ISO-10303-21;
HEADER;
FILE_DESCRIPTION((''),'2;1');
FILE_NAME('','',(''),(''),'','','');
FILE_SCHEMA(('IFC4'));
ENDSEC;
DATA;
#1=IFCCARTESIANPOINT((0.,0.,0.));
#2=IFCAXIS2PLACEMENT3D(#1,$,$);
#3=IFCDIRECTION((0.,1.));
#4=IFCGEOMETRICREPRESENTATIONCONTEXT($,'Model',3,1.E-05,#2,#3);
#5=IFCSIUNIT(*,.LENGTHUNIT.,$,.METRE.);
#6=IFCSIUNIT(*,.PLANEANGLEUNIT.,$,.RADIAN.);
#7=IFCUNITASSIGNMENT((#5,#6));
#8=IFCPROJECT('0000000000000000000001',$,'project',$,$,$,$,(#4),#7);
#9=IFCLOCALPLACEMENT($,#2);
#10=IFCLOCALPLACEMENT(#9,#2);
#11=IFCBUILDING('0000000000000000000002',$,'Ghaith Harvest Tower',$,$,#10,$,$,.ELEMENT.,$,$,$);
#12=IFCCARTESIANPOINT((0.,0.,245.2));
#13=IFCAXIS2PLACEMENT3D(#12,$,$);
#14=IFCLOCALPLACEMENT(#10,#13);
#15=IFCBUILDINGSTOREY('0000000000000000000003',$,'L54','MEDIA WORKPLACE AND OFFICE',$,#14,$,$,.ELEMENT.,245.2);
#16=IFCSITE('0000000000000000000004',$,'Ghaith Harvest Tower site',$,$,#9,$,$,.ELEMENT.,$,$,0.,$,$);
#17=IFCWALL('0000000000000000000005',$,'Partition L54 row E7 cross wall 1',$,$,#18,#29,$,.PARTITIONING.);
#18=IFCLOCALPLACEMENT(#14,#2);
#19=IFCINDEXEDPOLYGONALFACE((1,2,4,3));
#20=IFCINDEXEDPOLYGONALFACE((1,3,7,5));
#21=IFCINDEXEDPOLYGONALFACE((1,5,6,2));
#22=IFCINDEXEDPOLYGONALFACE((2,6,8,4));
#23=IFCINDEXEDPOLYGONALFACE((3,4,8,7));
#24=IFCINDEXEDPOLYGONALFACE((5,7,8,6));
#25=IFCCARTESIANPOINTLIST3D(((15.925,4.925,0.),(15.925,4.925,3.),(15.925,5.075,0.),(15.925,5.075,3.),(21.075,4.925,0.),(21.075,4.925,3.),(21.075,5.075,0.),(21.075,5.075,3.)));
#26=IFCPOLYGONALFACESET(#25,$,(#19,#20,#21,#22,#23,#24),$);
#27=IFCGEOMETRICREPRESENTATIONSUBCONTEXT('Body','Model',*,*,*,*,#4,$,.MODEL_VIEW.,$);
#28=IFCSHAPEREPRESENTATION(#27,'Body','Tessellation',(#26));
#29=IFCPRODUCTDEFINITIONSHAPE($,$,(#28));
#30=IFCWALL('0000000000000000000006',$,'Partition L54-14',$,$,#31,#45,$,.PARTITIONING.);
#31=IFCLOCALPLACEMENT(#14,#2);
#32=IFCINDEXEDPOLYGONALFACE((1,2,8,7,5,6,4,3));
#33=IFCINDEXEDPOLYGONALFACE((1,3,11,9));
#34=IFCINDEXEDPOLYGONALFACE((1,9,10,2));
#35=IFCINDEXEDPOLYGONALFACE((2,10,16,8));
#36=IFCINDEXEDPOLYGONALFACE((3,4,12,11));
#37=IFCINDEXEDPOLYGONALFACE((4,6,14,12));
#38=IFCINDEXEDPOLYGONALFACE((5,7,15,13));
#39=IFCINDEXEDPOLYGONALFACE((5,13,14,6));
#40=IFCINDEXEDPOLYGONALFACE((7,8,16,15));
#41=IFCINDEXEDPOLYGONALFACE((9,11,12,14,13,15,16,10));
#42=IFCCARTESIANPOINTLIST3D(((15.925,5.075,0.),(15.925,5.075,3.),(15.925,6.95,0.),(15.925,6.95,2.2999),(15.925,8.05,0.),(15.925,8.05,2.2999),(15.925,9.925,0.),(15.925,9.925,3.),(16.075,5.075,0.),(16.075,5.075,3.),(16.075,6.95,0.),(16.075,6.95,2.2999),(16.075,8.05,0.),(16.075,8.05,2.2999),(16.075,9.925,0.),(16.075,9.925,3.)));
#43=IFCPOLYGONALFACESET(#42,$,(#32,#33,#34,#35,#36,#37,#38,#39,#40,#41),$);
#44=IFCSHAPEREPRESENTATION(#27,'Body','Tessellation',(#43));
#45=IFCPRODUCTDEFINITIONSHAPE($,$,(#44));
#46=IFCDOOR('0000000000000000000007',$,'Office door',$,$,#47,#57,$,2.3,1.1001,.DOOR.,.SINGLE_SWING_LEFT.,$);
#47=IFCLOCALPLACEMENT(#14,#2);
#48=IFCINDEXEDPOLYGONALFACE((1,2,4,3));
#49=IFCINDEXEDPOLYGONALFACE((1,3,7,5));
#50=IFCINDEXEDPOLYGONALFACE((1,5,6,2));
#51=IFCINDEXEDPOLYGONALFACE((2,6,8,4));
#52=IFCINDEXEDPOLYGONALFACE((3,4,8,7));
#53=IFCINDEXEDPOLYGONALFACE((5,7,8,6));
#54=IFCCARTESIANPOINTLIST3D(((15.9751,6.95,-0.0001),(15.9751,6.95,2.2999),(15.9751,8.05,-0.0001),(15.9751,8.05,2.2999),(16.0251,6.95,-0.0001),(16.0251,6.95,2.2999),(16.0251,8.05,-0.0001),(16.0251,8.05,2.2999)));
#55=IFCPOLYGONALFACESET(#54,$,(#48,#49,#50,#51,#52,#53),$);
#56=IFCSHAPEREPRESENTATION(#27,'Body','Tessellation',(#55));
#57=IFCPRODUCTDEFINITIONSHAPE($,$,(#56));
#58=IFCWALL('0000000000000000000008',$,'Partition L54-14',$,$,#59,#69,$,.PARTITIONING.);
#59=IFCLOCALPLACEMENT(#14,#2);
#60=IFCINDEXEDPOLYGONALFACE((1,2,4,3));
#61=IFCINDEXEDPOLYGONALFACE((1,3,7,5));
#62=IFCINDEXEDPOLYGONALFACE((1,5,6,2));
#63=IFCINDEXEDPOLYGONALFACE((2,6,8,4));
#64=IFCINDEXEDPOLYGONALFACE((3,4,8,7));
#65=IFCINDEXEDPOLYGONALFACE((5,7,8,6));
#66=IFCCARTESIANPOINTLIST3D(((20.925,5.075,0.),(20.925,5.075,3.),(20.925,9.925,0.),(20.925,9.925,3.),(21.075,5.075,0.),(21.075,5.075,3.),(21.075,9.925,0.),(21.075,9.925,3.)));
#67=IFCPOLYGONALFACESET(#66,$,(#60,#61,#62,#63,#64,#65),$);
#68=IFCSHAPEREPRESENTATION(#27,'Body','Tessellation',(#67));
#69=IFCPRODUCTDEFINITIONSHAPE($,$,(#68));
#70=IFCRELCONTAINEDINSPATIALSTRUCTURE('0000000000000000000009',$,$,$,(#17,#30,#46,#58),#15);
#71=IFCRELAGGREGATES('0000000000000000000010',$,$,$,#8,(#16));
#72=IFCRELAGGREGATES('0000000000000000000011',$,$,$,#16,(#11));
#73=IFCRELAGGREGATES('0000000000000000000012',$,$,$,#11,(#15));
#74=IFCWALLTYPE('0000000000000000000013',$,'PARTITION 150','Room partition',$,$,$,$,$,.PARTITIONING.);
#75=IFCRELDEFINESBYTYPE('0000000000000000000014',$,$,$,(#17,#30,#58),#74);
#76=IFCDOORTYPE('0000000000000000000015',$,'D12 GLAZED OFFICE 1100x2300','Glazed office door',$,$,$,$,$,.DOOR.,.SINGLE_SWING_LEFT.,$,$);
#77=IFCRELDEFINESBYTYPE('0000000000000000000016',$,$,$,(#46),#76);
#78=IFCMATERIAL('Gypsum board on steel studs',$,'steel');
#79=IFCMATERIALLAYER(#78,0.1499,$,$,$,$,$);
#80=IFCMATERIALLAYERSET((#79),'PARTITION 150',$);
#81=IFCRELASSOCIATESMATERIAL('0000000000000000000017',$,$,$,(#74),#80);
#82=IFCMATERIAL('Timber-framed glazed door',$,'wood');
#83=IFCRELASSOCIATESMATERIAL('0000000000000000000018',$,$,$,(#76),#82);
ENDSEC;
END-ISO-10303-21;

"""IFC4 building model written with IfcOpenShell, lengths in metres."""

from ifc_helpers import new_model, si_unit, direction, frame, frame_2d, origin, place, context, subcontext, project, spatial, rectangle, extrude, material, layer, layer_set, type_object, element, fill, save


model = new_model("IFC4")

# Units and contexts
model_context = context("Model", 3, precision=1e-05, world=origin(), true_north=direction((0.0, 1.0)))
body_context = subcontext(model_context, "Body", "Model", "MODEL_VIEW")
ifc_project = project(units=[si_unit("LENGTHUNIT", "METRE"), si_unit("PLANEANGLEUNIT", "RADIAN")], contexts=[model_context])

# Site, building, storey
site_placement = place(None, origin())
site = spatial("IfcSite", under=ifc_project, at=site_placement, Name="Ghaith Harvest Tower site", CompositionType="ELEMENT", RefElevation=0.0)
building_placement = place(site_placement, origin())
building = spatial("IfcBuilding", under=site, at=building_placement, Name="Ghaith Harvest Tower", CompositionType="ELEMENT")
storey_placement = place(building_placement, frame((0.0, 0.0, 245.2)))
storey = spatial("IfcBuildingStorey", under=building, at=storey_placement, Name="L54", Description="MEDIA WORKPLACE AND OFFICE", CompositionType="ELEMENT", Elevation=245.2)

# Wall
ifc_material_1 = material(Name="Gypsum board on steel studs", Category="steel")
ifc_layer_1 = layer(ifc_material_1, 0.1499)
ifc_layer_set_1 = layer_set([ifc_layer_1], Name="PARTITION 150")
wall_type = type_object("IfcWallType", Name="PARTITION 150", Description="Room partition", PredefinedType="PARTITIONING", material=ifc_layer_set_1)
for number, where, z_axis, x_axis, name in (
    (1, (15.925, 5.0, 0.0), (0.0, 0.0, 1.0), (1.0, 0.0, 0.0), "Partition L54 row E7 cross wall 1"),
):
    element("IfcWall", number, at=place(storey_placement, frame(where, z_axis=z_axis, x_axis=x_axis)), inside=storey, type_object=wall_type, Name=name, PredefinedType="PARTITIONING", context=body_context, shape_type="SweptSolid", body=[
        extrude(rectangle(XDim=5.1499, YDim=0.1499, at=frame_2d((2.575, 0.0))), origin(), (0.0, 0.0, 1.0), 3.0),
    ])

# Wall, opening, door
wall_1_placement = place(storey_placement, frame((16.0, 5.075, 0.0), z_axis=(0.0, 0.0, 1.0), x_axis=(0.0, 1.0, 0.0)))
wall_1 = element("IfcWall", 2, at=wall_1_placement, inside=storey, type_object=wall_type, Name="Partition L54-14", PredefinedType="PARTITIONING", context=body_context, shape_type="SweptSolid", body=[
    extrude(rectangle(XDim=4.8501, YDim=0.1499, at=frame_2d((2.425, 0.0))), origin(), (0.0, 0.0, 1.0), 3.0),
])
opening_placement = place(wall_1_placement, frame((1.875, 0.0, 0.0)))
opening = element("IfcOpeningElement", 3, at=opening_placement, cuts=wall_1, PredefinedType="OPENING", context=body_context, shape_type="SweptSolid", body=[
    extrude(rectangle(XDim=1.1001, YDim=2.3, at=frame_2d((0.55, 1.1499))), frame((0.0, 0.085, 0.0), z_axis=(0.0, -1.0, 0.0), x_axis=(1.0, 0.0, 0.0)), (0.0, 0.0, 1.0), 0.1699),
])
ifc_material_2 = material(Name="Timber-framed glazed door", Category="wood")
door_type = type_object("IfcDoorType", Name="D12 GLAZED OFFICE 1100x2300", Description="Glazed office door", OperationType="SINGLE_SWING_LEFT", PredefinedType="DOOR", material=ifc_material_2)
door_placement = place(opening_placement, origin())
door = element("IfcDoor", 4, at=door_placement, inside=storey, type_object=door_type, Name="Office door", OperationType="SINGLE_SWING_LEFT", OverallHeight=2.3, OverallWidth=1.1001, PredefinedType="DOOR", context=body_context, shape_type="SweptSolid", body=[
    extrude(rectangle(XDim=1.1001, YDim=2.3, at=frame_2d((0.55, 1.1499))), frame((0.0, 0.0249, 0.0), z_axis=(0.0, -1.0, 0.0), x_axis=(1.0, 0.0, 0.0)), (0.0, 0.0, 1.0), 0.05),
])
fill(opening, door)

# Wall
wall_2_placement = place(storey_placement, frame((21.0, 5.075, 0.0), z_axis=(0.0, 0.0, 1.0), x_axis=(0.0, 1.0, 0.0)))
element("IfcWall", 5, at=wall_2_placement, inside=storey, type_object=wall_type, Name="Partition L54-14", PredefinedType="PARTITIONING", context=body_context, shape_type="SweptSolid", body=[
    extrude(rectangle(XDim=4.8501, YDim=0.1499, at=frame_2d((2.425, 0.0))), origin(), (0.0, 0.0, 1.0), 3.0),
])

save(model, "model.ifc")
